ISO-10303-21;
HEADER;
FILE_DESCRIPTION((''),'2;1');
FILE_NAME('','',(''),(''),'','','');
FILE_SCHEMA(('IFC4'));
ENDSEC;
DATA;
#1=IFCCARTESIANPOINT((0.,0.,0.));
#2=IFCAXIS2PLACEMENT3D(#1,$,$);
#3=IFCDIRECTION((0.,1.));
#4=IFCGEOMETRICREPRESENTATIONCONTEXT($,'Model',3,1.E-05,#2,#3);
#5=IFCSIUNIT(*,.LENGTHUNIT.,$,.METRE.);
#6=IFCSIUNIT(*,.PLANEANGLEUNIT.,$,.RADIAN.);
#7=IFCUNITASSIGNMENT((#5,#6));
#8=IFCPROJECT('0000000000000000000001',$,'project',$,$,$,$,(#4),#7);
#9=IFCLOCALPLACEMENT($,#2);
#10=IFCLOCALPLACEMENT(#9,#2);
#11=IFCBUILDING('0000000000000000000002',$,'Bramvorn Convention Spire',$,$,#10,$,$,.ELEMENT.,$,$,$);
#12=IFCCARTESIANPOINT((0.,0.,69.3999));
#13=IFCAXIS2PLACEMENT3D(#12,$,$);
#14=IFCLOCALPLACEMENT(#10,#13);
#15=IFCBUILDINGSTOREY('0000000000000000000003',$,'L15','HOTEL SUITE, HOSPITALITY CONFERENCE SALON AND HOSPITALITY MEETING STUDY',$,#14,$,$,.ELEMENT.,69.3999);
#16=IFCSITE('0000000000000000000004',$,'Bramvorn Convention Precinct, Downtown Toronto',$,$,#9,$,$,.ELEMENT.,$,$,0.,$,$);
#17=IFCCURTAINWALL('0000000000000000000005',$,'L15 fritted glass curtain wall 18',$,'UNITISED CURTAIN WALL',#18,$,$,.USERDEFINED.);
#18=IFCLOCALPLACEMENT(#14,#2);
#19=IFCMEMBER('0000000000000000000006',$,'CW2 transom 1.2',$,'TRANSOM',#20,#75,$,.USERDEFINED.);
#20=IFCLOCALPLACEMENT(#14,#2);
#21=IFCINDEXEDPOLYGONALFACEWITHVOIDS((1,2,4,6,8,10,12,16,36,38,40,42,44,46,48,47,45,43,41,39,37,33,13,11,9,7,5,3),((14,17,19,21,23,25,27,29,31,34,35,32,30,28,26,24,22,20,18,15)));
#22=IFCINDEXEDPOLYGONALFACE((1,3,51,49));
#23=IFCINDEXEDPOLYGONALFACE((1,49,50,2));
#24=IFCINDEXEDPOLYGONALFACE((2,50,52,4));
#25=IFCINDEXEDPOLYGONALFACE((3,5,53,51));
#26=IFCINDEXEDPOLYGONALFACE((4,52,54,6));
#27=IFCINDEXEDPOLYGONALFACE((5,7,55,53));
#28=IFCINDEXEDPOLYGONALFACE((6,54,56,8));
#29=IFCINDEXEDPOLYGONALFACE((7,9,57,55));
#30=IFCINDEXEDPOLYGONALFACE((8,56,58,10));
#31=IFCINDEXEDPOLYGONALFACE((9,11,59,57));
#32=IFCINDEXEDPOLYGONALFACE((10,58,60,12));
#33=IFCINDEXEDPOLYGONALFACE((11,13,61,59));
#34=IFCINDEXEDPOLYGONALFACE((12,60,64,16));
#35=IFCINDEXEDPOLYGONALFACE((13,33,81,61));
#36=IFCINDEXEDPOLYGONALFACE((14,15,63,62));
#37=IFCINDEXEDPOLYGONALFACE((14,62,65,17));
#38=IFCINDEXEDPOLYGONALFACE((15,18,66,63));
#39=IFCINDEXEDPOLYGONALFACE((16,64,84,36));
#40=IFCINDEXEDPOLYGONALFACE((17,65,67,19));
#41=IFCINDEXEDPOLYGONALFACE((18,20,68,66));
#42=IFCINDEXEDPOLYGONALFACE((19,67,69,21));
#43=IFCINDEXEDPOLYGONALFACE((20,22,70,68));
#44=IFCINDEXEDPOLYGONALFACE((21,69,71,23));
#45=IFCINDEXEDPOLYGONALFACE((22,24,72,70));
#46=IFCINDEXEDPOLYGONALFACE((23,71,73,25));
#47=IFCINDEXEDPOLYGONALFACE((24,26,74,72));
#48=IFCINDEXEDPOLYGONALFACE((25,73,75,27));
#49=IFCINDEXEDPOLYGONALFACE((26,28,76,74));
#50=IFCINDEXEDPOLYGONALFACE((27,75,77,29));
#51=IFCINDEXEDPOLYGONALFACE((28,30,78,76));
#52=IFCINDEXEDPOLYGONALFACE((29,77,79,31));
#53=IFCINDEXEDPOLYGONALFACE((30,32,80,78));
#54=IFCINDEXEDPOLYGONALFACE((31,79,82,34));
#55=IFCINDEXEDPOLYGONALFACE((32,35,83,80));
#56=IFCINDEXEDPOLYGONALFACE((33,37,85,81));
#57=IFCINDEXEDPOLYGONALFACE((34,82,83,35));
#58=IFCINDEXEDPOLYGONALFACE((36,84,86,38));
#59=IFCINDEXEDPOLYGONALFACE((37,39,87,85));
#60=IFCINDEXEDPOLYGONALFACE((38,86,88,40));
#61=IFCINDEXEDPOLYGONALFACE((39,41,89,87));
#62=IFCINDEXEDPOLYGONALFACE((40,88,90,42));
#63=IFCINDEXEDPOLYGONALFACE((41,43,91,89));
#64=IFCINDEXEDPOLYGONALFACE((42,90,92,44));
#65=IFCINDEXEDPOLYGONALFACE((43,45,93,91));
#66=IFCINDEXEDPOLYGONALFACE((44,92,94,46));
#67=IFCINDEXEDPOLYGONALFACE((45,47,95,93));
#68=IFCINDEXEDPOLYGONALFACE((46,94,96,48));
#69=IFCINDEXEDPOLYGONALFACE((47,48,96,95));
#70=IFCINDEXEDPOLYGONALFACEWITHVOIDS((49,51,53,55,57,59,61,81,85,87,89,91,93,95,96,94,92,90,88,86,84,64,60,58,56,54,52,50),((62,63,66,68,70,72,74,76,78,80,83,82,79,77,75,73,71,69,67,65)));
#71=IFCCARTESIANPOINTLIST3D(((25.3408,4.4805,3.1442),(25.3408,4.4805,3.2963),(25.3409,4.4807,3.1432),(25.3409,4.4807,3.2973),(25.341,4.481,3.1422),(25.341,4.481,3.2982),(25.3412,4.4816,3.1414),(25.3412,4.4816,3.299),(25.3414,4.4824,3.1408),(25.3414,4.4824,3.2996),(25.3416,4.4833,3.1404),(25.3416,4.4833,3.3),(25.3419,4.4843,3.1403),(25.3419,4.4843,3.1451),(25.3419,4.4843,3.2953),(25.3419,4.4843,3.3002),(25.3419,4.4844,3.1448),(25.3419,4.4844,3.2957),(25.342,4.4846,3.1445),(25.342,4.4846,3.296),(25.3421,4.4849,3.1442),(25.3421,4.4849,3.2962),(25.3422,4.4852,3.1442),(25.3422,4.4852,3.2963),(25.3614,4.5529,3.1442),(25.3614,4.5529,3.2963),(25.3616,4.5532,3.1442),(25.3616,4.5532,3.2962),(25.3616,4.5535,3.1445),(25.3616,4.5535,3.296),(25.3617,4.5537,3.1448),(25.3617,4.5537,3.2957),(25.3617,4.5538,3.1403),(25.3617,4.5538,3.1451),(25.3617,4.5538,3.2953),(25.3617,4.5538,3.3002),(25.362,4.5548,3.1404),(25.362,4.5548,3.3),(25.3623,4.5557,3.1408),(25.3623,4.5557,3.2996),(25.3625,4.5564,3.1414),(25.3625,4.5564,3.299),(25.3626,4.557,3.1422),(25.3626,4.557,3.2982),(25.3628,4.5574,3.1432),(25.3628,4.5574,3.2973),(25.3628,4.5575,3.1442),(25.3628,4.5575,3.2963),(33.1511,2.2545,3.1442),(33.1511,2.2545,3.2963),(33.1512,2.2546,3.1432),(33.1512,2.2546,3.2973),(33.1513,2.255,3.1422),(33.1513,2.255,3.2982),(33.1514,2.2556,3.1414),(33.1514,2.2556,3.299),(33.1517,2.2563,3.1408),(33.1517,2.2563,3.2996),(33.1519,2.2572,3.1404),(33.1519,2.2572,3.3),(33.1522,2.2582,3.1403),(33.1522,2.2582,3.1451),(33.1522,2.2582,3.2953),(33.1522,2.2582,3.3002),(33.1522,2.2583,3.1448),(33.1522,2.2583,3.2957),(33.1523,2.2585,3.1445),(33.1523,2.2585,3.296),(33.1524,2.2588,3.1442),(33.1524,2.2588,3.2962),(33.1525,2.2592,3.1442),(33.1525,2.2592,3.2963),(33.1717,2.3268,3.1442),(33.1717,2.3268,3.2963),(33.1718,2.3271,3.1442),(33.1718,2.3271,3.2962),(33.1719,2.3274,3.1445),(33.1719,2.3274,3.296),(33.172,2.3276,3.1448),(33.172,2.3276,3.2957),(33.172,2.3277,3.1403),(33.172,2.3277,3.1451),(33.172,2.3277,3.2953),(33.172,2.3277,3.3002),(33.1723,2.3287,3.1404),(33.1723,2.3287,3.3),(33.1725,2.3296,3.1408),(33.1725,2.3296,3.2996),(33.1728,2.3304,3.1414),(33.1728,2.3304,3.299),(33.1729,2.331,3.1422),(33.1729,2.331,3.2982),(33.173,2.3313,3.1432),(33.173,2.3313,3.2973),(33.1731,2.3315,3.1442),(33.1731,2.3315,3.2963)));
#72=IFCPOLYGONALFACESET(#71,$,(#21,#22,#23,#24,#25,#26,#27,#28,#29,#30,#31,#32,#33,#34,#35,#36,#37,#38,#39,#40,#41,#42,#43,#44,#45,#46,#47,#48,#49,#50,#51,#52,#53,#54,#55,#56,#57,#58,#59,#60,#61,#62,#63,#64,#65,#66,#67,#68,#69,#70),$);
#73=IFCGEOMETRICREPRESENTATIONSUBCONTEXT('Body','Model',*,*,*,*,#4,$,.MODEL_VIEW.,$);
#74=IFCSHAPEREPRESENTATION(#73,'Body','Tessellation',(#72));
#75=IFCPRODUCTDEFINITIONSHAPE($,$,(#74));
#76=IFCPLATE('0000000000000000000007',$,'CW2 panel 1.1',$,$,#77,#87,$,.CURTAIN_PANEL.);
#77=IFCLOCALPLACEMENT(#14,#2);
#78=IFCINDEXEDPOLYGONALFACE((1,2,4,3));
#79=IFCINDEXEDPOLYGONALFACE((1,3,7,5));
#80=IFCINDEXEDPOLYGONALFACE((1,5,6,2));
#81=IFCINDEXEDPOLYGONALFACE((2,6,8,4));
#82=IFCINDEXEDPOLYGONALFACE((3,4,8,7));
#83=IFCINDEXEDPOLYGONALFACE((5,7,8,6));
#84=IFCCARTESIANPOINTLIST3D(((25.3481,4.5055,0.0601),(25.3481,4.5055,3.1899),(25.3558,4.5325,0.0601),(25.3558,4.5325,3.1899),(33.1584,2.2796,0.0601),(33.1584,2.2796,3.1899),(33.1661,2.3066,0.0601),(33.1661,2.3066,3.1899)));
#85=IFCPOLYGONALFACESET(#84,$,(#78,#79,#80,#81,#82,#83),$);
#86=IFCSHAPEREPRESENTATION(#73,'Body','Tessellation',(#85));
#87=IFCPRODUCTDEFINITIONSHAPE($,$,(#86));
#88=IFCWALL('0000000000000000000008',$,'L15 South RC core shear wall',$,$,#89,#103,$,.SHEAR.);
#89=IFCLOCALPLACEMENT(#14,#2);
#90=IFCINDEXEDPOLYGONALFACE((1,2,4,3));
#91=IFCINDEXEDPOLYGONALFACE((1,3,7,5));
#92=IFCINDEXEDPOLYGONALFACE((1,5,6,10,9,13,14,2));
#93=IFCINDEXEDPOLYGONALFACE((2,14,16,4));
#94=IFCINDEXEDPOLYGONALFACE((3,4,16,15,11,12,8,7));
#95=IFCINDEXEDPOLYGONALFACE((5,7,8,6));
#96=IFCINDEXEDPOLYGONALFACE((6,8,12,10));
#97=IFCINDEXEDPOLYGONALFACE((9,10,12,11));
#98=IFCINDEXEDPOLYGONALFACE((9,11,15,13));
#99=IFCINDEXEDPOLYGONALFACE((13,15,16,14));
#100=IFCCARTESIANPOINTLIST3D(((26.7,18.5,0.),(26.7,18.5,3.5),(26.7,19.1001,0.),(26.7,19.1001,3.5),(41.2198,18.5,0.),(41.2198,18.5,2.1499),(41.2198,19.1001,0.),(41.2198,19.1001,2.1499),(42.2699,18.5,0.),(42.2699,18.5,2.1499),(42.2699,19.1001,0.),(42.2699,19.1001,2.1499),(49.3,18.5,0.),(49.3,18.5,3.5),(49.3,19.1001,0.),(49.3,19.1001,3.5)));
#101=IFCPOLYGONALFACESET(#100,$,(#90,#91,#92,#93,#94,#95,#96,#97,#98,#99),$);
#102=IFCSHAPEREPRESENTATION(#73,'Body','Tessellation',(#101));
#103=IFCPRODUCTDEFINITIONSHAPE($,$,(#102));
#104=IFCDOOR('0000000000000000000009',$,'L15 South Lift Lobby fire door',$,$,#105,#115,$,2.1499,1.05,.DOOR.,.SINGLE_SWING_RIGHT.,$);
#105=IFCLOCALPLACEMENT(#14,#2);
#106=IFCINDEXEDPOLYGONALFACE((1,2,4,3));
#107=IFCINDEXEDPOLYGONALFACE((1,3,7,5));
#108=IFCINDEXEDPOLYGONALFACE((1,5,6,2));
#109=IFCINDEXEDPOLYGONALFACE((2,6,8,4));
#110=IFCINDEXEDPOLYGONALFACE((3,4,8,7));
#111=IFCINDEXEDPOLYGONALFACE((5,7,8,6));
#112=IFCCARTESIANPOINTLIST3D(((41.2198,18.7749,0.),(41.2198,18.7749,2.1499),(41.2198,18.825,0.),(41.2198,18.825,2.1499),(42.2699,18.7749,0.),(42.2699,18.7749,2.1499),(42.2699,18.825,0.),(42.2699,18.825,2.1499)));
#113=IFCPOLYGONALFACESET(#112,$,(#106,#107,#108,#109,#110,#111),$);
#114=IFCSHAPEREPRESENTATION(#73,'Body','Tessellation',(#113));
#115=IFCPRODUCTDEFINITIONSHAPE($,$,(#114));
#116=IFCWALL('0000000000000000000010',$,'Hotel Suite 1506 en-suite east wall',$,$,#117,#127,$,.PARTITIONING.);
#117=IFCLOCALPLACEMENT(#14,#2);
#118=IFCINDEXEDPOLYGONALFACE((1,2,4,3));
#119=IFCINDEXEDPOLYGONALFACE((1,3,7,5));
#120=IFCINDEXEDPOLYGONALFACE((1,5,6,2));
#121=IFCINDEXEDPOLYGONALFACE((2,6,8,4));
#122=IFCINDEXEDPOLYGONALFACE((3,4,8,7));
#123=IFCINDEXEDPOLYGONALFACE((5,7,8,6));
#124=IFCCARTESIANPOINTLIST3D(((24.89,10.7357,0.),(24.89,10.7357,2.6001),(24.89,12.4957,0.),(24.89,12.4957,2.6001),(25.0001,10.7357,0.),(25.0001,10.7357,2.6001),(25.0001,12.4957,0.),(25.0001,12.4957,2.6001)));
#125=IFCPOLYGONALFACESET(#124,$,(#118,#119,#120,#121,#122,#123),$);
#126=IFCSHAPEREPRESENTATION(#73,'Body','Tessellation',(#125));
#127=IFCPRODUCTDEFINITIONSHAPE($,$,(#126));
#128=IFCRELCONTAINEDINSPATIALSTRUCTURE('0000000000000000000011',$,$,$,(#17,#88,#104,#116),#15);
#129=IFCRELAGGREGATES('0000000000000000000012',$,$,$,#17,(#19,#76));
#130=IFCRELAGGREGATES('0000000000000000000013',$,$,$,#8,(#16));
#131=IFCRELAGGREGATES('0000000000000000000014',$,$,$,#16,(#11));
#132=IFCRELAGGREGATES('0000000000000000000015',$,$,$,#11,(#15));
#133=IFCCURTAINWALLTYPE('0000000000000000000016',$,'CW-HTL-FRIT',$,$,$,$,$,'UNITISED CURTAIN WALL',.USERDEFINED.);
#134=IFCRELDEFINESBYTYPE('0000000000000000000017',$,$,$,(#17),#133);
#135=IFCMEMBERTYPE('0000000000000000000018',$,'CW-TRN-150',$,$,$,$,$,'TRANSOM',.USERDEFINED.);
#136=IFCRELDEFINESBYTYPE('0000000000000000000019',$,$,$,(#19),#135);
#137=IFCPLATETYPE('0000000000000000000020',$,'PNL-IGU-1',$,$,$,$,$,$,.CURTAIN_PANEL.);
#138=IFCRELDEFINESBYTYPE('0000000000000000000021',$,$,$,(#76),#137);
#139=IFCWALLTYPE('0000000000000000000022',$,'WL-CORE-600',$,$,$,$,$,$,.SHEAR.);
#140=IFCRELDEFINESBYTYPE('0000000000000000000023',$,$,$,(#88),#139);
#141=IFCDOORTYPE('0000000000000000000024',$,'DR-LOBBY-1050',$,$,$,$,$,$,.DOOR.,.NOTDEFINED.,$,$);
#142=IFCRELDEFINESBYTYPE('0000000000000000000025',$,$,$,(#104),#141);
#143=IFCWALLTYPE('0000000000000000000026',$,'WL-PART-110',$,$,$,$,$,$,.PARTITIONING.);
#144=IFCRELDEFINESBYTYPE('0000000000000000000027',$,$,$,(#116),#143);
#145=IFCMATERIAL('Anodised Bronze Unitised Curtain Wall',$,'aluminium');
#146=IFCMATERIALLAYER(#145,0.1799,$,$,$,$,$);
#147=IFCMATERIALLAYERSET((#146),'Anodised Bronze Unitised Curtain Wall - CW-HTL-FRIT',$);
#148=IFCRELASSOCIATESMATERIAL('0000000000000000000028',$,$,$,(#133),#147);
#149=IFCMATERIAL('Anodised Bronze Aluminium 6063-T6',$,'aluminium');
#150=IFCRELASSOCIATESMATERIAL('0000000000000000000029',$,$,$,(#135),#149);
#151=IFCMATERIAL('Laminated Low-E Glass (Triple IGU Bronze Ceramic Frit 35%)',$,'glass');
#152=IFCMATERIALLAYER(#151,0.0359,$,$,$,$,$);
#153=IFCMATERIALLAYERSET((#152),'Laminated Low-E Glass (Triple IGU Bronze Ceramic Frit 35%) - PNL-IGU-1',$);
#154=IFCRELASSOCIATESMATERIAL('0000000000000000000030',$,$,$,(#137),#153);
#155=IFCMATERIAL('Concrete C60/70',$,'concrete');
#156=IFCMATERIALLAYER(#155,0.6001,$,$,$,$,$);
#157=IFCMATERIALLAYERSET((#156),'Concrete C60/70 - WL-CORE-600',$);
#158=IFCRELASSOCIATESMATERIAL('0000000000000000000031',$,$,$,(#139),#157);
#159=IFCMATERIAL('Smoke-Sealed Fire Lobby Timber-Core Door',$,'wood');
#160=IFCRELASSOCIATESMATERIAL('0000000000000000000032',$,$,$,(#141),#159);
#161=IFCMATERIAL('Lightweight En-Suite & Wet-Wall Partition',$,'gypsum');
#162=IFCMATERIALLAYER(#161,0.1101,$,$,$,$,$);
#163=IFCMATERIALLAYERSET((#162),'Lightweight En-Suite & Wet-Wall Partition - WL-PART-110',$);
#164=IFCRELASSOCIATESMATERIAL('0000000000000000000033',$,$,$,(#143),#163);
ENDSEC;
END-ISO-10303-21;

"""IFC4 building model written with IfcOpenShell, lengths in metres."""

from ifc_helpers import new_model, si_unit, direction, frame, frame_2d, origin, origin_2d, place, context, subcontext, project, spatial, rectangle, hollow_rectangle, extrude, material, layer, layer_set, material_profile, profile_set, type_object, element, fill, aggregate, save


model = new_model("IFC4")

# Units and contexts
model_context = context("Model", 3, precision=1e-05, world=origin(), true_north=direction((0.0, 1.0)))
body_context = subcontext(model_context, "Body", "Model", "MODEL_VIEW")
ifc_project = project(units=[si_unit("LENGTHUNIT", "METRE"), si_unit("PLANEANGLEUNIT", "RADIAN")], contexts=[model_context])

# Site, building, storey
site_placement = place(None, origin())
site = spatial("IfcSite", under=ifc_project, at=site_placement, Name="Bramvorn Convention Precinct, Downtown Toronto", CompositionType="ELEMENT", RefElevation=0.0)
building_placement = place(site_placement, origin())
building = spatial("IfcBuilding", under=site, at=building_placement, Name="Bramvorn Convention Spire", CompositionType="ELEMENT")
storey_placement = place(building_placement, frame((0.0, 0.0, 69.3999)))
storey = spatial("IfcBuildingStorey", under=building, at=storey_placement, Name="L15", Description="HOTEL SUITE, HOSPITALITY CONFERENCE SALON AND HOSPITALITY MEETING STUDY", CompositionType="ELEMENT", Elevation=69.3999)

# Shared definitions
ifc_material_1 = material(Name="Anodised Bronze Unitised Curtain Wall", Category="aluminium")
ifc_layer_1 = layer(ifc_material_1, 0.1799)
ifc_layer_set_1 = layer_set([ifc_layer_1], Name="Anodised Bronze Unitised Curtain Wall - CW-HTL-FRIT")
curtain_wall_type = type_object("IfcCurtainWallType", Name="CW-HTL-FRIT", ElementType="UNITISED CURTAIN WALL", PredefinedType="USERDEFINED", material=ifc_layer_set_1)
ifc_material_2 = material(Name="Anodised Bronze Aluminium 6063-T6", Category="aluminium")

# Curtain wall
curtain_wall_1_placement = place(storey_placement, origin())
curtain_wall_1 = element("IfcCurtainWall", 1, at=curtain_wall_1_placement, inside=storey, type_object=curtain_wall_type, Name="L15 fritted glass curtain wall 18", ObjectType="UNITISED CURTAIN WALL", PredefinedType="USERDEFINED")

# Member
ifc_material_profile_1 = material_profile(ifc_material_2, hollow_rectangle(XDim=0.0801, YDim=0.1599, WallThickness=0.0039, InnerFilletRadius=0.001, OuterFilletRadius=0.0039, at=origin_2d()))
ifc_profile_set_1 = profile_set([ifc_material_profile_1], Name="Anodised Bronze Aluminium 6063-T6 - CWT80X160")
member_type_1 = type_object("IfcMemberType", Name="CW-TRN-150", ElementType="TRANSOM", PredefinedType="USERDEFINED", material=ifc_profile_set_1)
member_1_placement = place(storey_placement, frame((33.1621, 2.293, 3.2202), z_axis=(-0.961701, 0.274102, 0.0), x_axis=(-0.274102, -0.961701, 0.0)))
member_1 = element("IfcMember", 2, at=member_1_placement, type_object=member_type_1, Name="CW2 transom 1.2", ObjectType="TRANSOM", PredefinedType="USERDEFINED", context=body_context, shape_type="SweptSolid", body=[
    extrude(hollow_rectangle(XDim=0.0801, YDim=0.1599, WallThickness=0.0039, InnerFilletRadius=0.001, OuterFilletRadius=0.0039, at=origin_2d()), origin(), (0.0, 0.0, 1.0), 8.1213),
])

# Plate
ifc_material_3 = material(Name="Laminated Low-E Glass (Triple IGU Bronze Ceramic Frit 35%)", Category="glass")
ifc_layer_2 = layer(ifc_material_3, 0.0359)
ifc_layer_set_2 = layer_set([ifc_layer_2], Name="Laminated Low-E Glass (Triple IGU Bronze Ceramic Frit 35%) - PNL-IGU-1")
plate_type = type_object("IfcPlateType", Name="PNL-IGU-1", PredefinedType="CURTAIN_PANEL", material=ifc_layer_set_2)
plate_placement = place(storey_placement, frame((29.2571, 3.406, 0.0601), z_axis=(0.0, 0.0, 1.0), x_axis=(-0.961707, 0.27408, 0.0)))
plate = element("IfcPlate", 3, at=plate_placement, type_object=plate_type, Name="CW2 panel 1.1", PredefinedType="CURTAIN_PANEL", context=body_context, shape_type="SweptSolid", body=[
    extrude(rectangle(XDim=8.1213, YDim=0.0281, at=origin_2d()), origin(), (0.0, 0.0, 1.0), 3.1299),
])
aggregate(curtain_wall_1, [member_1, plate])

# Wall, opening, door
ifc_material_4 = material(Name="Concrete C60/70", Category="concrete")
ifc_layer_3 = layer(ifc_material_4, 0.6001)
ifc_layer_set_3 = layer_set([ifc_layer_3], Name="Concrete C60/70 - WL-CORE-600")
wall_type_1 = type_object("IfcWallType", Name="WL-CORE-600", PredefinedType="SHEAR", material=ifc_layer_set_3)
wall_1_placement = place(storey_placement, frame((26.7, 18.8, 0.0), z_axis=(0.0, 0.0, 1.0), x_axis=(1.0, 0.0, 0.0)))
wall_1 = element("IfcWall", 4, at=wall_1_placement, inside=storey, type_object=wall_type_1, Name="L15 South RC core shear wall", PredefinedType="SHEAR", context=body_context, shape_type="SweptSolid", body=[
    extrude(rectangle(XDim=22.6001, YDim=0.6001, at=frame_2d((11.3, 0.0))), origin(), (0.0, 0.0, 1.0), 3.5),
])
opening_1_placement = place(wall_1_placement, frame((14.52, 0.0, 0.0)))
opening_1 = element("IfcOpeningElement", 5, at=opening_1_placement, cuts=wall_1, PredefinedType="OPENING", context=body_context, shape_type="SweptSolid", body=[
    extrude(rectangle(XDim=1.05, YDim=2.1499, at=frame_2d((0.5249, 1.075))), frame((0.0, 0.3101, 0.0), z_axis=(0.0, -1.0, 0.0), x_axis=(1.0, 0.0, 0.0)), (0.0, 0.0, 1.0), 0.6201),
])
ifc_material_5 = material(Name="Smoke-Sealed Fire Lobby Timber-Core Door", Category="wood")
door_type_1 = type_object("IfcDoorType", Name="DR-LOBBY-1050", OperationType="NOTDEFINED", PredefinedType="DOOR", material=ifc_material_5)
door_1_placement = place(opening_1_placement, origin())
door_1 = element("IfcDoor", 6, at=door_1_placement, inside=storey, type_object=door_type_1, Name="L15 South Lift Lobby fire door", OperationType="SINGLE_SWING_RIGHT", OverallHeight=2.1499, OverallWidth=1.05, PredefinedType="DOOR", context=body_context, shape_type="SweptSolid", body=[
    extrude(rectangle(XDim=1.05, YDim=2.1499, at=frame_2d((0.5249, 1.075))), frame((0.0, 0.0249, 0.0), z_axis=(0.0, -1.0, 0.0), x_axis=(1.0, 0.0, 0.0)), (0.0, 0.0, 1.0), 0.05),
])
fill(opening_1, door_1)

# Wall
ifc_material_6 = material(Name="Lightweight En-Suite & Wet-Wall Partition", Category="gypsum")
ifc_layer_4 = layer(ifc_material_6, 0.1101)
ifc_layer_set_4 = layer_set([ifc_layer_4], Name="Lightweight En-Suite & Wet-Wall Partition - WL-PART-110")
wall_type_2 = type_object("IfcWallType", Name="WL-PART-110", PredefinedType="PARTITIONING", material=ifc_layer_set_4)
wall_2_placement = place(storey_placement, frame((24.9451, 10.7358, 0.0), z_axis=(0.0, 0.0, 1.0), x_axis=(0.0, 1.0, 0.0)))
element("IfcWall", 7, at=wall_2_placement, inside=storey, type_object=wall_type_2, Name="Hotel Suite 1506 en-suite east wall", PredefinedType="PARTITIONING", context=body_context, shape_type="SweptSolid", body=[
    extrude(rectangle(XDim=1.76, YDim=0.1101, at=frame_2d((0.8799, 0.0))), origin(), (0.0, 0.0, 1.0), 2.6001),
])

save(model, "model.ifc")
